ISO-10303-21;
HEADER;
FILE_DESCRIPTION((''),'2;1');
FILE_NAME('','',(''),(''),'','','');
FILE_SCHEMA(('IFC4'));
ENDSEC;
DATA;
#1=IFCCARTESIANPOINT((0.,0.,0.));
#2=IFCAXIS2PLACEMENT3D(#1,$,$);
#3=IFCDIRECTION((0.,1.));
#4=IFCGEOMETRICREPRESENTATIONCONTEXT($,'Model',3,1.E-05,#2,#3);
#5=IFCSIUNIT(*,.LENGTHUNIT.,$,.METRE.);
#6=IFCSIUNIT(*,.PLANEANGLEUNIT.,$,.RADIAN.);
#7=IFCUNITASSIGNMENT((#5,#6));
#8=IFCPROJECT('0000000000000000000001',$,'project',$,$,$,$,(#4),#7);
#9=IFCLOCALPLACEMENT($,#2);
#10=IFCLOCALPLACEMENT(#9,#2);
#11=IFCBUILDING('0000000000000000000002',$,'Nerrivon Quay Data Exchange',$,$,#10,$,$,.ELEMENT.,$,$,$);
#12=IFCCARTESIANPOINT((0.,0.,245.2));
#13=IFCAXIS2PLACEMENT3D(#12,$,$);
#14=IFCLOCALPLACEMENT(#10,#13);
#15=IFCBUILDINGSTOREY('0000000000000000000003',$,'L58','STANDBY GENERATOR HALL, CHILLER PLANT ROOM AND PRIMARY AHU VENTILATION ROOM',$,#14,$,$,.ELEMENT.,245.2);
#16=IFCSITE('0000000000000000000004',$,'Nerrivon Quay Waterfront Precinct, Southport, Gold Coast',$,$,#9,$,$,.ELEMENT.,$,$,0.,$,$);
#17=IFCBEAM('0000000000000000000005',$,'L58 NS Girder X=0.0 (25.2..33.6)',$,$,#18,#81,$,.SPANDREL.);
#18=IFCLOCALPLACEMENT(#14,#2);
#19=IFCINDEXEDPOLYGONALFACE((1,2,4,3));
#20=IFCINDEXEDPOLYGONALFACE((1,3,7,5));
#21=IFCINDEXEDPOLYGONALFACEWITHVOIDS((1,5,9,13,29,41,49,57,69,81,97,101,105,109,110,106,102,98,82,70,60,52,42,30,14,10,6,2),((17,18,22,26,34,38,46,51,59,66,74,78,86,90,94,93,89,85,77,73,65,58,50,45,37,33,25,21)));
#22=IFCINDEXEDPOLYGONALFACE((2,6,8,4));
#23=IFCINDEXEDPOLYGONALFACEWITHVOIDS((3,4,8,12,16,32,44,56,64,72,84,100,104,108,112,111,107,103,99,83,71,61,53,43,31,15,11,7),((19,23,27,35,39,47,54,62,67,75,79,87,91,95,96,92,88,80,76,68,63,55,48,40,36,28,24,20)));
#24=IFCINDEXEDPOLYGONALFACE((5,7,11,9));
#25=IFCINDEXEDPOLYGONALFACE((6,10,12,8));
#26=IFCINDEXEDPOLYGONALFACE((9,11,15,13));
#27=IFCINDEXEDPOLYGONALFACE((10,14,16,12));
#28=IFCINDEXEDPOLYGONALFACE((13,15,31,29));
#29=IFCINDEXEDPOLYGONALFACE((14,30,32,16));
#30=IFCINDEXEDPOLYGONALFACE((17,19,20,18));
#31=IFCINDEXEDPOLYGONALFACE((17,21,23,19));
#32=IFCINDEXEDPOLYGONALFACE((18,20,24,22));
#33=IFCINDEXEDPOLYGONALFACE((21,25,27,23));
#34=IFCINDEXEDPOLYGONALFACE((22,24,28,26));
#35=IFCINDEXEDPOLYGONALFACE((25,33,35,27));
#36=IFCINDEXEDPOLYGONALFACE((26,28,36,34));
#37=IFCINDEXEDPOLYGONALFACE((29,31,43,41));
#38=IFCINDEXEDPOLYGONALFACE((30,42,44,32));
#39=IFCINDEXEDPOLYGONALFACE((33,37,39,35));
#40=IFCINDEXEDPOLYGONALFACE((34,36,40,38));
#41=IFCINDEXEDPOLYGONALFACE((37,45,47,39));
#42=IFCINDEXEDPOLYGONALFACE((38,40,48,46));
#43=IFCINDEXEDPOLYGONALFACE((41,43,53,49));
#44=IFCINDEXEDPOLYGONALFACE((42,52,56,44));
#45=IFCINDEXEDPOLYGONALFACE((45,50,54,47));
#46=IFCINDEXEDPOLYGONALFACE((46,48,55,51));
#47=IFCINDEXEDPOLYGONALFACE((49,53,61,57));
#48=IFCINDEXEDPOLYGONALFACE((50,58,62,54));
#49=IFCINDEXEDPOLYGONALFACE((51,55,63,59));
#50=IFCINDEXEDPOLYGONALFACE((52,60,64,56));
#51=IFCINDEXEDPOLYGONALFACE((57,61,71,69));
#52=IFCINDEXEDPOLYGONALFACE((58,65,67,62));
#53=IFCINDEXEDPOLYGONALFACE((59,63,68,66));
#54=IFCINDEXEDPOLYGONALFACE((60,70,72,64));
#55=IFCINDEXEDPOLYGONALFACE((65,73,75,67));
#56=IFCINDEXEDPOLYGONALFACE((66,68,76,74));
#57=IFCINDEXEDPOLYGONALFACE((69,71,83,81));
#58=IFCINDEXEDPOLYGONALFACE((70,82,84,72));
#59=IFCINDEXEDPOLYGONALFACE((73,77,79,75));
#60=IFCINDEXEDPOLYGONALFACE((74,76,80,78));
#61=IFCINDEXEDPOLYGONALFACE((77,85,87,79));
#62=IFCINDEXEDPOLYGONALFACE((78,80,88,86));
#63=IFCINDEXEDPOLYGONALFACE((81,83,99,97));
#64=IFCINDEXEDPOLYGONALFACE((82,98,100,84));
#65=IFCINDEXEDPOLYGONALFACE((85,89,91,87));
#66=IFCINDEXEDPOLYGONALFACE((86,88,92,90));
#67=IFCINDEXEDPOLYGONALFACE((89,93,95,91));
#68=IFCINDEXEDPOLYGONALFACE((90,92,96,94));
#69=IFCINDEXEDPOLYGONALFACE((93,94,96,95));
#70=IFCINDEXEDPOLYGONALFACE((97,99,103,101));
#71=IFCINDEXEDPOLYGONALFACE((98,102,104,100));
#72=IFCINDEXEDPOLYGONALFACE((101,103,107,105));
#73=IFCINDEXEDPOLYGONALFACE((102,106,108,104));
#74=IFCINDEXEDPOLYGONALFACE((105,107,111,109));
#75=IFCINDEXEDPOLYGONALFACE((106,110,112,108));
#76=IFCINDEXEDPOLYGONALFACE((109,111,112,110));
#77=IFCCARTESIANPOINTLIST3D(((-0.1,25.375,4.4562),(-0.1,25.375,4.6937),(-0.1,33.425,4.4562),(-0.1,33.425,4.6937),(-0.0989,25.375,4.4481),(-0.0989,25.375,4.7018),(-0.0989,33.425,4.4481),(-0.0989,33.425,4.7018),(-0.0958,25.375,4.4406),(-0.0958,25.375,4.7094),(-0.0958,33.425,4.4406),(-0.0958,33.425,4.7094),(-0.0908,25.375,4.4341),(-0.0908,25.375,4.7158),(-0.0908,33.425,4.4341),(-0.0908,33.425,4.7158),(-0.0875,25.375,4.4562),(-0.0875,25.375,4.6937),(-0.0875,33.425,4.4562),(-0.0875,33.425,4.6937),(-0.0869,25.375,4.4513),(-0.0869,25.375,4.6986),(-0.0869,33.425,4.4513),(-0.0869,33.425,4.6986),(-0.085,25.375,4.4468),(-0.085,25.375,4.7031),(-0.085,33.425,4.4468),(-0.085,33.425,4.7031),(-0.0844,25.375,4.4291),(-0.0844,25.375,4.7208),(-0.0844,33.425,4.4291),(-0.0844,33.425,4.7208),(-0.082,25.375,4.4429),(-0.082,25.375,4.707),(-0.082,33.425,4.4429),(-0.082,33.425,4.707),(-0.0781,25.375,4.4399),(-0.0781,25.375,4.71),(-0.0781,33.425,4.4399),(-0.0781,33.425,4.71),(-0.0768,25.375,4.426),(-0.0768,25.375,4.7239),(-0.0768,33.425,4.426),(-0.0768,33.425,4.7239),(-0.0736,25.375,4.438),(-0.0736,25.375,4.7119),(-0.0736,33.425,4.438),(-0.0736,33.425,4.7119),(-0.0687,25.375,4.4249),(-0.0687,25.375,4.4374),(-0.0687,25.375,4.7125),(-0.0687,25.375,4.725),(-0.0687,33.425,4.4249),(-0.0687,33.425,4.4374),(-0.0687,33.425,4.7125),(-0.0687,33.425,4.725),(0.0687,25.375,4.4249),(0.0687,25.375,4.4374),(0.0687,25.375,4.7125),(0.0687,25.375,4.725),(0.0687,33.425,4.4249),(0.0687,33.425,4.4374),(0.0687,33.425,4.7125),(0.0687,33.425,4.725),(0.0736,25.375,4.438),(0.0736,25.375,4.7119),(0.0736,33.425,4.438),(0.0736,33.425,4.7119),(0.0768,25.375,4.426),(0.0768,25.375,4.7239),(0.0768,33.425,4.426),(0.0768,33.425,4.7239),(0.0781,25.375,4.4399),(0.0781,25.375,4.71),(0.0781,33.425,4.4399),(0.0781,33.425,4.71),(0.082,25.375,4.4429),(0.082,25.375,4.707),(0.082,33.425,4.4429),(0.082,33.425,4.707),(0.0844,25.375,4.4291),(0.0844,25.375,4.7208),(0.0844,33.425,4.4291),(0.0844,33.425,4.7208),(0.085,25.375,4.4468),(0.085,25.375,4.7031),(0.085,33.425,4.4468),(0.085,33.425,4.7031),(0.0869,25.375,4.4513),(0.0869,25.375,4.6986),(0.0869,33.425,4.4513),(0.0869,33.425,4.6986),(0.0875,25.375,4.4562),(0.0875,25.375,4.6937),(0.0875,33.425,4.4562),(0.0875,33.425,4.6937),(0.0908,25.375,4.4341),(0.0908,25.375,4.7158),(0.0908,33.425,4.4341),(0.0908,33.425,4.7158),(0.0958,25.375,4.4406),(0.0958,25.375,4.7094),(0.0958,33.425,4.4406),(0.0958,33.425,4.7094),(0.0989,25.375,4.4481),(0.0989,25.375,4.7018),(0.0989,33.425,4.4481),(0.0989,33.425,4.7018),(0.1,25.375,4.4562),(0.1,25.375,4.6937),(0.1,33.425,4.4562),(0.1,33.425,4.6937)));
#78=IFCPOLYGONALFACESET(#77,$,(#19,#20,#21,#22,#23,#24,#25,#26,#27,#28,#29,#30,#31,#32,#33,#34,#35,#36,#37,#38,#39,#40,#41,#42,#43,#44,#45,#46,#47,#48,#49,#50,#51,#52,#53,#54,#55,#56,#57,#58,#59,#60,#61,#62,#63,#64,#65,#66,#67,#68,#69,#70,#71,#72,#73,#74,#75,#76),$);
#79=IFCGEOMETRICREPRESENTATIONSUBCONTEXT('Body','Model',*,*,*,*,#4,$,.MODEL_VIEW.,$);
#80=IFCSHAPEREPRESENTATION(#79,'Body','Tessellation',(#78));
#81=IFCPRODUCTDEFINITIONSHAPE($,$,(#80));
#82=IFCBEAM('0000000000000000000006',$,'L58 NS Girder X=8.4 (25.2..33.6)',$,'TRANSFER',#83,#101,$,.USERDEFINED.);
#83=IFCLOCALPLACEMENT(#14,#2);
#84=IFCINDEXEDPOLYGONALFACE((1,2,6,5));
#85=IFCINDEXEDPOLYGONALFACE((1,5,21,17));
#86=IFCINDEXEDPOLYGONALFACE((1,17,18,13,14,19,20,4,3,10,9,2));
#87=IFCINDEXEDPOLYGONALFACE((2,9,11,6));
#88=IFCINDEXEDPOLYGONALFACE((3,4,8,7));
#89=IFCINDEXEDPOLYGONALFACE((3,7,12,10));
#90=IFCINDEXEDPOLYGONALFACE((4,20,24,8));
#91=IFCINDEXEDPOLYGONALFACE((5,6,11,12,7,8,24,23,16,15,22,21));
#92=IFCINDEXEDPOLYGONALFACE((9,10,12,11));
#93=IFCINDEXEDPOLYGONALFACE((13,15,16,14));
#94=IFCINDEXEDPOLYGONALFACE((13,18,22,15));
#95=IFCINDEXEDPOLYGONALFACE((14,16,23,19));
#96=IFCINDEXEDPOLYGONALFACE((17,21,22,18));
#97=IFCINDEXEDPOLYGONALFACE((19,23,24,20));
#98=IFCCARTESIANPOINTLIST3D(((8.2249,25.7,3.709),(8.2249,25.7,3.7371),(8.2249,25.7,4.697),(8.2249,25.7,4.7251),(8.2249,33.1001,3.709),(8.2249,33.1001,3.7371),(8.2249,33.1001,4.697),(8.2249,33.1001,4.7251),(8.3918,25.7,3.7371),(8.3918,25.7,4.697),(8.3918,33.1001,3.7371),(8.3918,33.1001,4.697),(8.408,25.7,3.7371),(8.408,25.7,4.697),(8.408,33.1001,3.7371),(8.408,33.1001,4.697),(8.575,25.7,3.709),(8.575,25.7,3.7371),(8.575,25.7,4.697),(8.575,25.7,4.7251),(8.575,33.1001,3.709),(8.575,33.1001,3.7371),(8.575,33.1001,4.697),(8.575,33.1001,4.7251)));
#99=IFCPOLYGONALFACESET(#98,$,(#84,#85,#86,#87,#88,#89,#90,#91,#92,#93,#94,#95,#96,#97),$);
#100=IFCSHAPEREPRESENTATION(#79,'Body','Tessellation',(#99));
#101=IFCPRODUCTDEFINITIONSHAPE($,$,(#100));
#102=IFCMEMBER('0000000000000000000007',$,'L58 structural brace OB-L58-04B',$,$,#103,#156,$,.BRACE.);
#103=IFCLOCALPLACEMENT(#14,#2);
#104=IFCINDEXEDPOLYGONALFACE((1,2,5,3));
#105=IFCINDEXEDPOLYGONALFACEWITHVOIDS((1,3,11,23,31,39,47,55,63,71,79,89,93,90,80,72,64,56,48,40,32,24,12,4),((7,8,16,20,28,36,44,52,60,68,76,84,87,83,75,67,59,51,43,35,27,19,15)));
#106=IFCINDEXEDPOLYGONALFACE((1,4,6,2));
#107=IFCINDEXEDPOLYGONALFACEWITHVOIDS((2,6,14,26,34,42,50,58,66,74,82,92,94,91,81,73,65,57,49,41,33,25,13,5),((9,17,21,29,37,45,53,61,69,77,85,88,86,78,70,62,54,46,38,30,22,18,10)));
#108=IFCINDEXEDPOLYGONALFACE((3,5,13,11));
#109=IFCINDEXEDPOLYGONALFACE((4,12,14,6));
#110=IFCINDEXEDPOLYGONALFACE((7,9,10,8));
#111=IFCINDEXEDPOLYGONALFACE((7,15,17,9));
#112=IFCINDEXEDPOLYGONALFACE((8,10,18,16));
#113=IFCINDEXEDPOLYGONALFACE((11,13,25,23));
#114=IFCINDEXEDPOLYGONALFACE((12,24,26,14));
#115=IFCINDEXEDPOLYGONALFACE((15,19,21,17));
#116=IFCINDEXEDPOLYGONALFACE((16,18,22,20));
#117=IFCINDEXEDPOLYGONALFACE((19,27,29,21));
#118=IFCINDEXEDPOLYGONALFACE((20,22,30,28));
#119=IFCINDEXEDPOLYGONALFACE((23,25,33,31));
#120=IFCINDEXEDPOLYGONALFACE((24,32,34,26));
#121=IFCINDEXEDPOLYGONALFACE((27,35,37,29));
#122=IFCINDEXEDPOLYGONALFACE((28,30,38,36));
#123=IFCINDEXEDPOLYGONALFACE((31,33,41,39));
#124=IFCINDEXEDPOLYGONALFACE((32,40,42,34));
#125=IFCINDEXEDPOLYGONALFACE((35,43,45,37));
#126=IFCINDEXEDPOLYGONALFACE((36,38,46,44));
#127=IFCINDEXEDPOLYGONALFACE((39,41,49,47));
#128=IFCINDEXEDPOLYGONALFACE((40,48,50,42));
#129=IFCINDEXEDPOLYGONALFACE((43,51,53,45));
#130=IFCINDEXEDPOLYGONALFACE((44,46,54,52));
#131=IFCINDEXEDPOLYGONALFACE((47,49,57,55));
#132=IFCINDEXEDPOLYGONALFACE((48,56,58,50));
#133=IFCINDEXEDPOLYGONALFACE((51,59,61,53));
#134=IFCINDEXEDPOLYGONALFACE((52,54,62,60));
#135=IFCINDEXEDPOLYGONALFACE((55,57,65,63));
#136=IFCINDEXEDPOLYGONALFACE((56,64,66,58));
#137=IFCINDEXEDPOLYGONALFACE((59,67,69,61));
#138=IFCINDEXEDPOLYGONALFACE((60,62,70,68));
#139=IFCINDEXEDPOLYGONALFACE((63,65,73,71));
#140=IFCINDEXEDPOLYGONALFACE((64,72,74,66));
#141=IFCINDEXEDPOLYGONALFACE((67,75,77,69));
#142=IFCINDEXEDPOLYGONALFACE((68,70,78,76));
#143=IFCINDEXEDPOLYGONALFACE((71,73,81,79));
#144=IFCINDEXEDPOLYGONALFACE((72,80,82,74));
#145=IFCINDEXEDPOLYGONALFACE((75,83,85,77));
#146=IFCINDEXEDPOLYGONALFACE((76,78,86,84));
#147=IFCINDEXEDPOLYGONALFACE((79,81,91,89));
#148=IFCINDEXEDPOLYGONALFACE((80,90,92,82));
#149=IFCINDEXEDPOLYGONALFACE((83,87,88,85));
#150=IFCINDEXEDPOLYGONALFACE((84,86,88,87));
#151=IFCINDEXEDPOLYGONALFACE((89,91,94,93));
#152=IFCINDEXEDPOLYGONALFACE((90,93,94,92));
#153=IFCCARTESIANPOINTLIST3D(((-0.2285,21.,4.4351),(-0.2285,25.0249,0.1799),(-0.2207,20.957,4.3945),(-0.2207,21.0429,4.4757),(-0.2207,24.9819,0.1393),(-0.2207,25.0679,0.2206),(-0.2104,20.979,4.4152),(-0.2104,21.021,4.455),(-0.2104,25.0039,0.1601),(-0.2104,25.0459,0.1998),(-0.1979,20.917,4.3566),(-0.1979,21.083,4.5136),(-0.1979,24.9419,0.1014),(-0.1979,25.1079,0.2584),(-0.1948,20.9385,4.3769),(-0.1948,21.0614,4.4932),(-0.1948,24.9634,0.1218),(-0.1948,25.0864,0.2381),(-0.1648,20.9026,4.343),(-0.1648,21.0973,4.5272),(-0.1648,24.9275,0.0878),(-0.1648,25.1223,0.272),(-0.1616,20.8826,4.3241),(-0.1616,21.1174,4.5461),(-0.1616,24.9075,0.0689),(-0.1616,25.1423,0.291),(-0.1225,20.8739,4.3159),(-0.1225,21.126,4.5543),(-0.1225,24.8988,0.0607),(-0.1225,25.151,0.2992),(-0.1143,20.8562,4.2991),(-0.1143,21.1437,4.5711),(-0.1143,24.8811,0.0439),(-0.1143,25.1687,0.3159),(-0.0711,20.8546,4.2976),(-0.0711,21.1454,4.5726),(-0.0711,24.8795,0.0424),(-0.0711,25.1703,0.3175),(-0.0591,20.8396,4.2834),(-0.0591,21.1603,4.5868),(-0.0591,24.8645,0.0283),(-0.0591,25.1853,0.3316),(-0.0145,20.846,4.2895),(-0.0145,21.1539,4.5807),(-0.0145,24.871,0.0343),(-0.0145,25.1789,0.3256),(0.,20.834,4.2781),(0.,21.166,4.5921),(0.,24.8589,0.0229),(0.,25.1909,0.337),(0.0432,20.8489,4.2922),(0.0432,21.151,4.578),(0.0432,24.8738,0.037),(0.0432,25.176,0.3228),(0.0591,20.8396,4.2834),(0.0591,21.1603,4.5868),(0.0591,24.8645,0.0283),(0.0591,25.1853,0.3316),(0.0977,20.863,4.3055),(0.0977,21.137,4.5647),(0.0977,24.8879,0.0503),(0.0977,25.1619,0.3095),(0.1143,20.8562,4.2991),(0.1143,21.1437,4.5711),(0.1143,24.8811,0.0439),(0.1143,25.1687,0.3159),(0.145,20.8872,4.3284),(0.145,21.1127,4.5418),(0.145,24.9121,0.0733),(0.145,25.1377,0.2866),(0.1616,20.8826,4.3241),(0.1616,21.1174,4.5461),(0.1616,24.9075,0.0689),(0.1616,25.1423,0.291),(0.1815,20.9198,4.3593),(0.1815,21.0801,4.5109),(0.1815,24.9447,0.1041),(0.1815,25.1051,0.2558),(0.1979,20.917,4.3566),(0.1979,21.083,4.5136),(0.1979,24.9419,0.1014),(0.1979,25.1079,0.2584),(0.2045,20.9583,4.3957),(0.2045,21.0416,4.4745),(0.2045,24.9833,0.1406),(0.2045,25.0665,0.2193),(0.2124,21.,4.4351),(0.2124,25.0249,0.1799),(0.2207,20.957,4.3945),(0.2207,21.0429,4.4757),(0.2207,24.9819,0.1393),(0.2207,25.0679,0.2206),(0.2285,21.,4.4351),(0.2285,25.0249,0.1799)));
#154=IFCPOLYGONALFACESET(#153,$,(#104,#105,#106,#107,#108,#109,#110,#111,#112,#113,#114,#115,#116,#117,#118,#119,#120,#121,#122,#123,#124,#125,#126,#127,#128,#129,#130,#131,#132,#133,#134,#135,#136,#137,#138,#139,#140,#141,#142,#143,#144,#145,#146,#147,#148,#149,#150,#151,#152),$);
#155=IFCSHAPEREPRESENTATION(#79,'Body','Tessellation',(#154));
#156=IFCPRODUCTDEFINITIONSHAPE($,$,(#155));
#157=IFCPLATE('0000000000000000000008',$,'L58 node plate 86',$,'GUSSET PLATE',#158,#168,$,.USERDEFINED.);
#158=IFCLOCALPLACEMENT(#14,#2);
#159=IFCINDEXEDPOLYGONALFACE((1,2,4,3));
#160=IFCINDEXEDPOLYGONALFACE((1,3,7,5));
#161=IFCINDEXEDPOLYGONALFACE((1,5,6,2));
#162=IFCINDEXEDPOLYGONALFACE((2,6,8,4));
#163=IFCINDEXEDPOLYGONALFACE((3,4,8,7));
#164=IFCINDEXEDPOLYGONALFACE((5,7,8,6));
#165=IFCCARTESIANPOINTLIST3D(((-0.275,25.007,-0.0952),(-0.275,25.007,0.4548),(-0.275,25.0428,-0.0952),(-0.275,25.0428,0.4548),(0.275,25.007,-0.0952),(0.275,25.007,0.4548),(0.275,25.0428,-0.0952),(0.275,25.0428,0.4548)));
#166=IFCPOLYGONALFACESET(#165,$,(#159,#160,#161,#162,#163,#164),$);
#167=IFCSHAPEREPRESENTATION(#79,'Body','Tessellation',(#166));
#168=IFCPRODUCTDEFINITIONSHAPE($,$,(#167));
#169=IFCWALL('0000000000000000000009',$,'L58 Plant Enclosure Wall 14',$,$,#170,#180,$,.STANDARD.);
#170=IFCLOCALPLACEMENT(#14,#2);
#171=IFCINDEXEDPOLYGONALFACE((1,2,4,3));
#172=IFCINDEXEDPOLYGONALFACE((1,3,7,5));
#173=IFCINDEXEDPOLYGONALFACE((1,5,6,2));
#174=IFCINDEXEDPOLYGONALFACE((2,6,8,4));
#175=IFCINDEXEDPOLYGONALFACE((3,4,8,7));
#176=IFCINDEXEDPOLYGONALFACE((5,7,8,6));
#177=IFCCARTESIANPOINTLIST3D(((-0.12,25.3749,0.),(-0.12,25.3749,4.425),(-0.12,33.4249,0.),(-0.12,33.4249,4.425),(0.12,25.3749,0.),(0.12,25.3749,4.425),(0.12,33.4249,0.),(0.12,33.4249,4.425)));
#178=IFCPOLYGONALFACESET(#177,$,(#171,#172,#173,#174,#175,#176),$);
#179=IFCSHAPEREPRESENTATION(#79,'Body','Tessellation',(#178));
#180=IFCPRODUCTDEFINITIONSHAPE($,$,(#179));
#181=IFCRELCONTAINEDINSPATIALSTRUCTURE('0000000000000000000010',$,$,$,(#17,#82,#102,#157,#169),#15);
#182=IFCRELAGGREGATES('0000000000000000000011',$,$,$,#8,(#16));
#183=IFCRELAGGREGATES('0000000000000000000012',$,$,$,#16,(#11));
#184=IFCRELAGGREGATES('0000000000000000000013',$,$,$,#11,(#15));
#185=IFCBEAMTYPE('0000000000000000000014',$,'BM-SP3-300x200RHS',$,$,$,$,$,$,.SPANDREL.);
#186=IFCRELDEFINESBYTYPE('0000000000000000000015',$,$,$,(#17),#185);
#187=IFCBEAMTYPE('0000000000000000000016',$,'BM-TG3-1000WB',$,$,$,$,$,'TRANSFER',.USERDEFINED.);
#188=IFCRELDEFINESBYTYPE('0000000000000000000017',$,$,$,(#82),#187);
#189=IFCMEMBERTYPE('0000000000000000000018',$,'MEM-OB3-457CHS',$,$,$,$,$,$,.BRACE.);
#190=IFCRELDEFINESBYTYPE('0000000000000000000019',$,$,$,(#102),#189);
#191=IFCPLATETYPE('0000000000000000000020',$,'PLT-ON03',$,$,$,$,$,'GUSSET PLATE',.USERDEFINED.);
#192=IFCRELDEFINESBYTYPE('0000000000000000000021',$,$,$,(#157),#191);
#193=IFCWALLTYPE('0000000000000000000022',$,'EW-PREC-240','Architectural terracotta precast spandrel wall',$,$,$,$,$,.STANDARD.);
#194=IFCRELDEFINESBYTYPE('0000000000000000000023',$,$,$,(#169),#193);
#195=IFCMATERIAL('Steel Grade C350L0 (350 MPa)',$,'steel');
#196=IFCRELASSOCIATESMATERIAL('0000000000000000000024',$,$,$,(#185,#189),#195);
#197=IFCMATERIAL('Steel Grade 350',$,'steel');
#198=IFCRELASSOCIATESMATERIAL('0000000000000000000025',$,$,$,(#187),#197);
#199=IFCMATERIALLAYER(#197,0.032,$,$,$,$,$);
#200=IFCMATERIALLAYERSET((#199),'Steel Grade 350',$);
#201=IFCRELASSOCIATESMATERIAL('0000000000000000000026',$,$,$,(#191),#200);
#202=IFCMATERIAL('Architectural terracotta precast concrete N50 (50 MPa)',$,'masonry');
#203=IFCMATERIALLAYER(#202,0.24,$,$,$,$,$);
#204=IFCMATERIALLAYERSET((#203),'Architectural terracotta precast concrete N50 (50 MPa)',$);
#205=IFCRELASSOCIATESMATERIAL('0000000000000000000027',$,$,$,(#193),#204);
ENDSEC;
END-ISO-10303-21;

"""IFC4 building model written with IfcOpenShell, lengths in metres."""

from ifc_helpers import new_model, si_unit, direction, frame, frame_2d, origin, origin_2d, place, context, subcontext, project, spatial, rectangle, hollow_rectangle, hollow_circle, i_section, extrude, material, layer, layer_set, material_profile, profile_set, type_object, element, save


model = new_model("IFC4")

# Units and contexts
model_context = context("Model", 3, precision=1e-05, world=origin(), true_north=direction((0.0, 1.0)))
body_context = subcontext(model_context, "Body", "Model", "MODEL_VIEW")
ifc_project = project(units=[si_unit("LENGTHUNIT", "METRE"), si_unit("PLANEANGLEUNIT", "RADIAN")], contexts=[model_context])

# Site, building, storey
site_placement = place(None, origin())
site = spatial("IfcSite", under=ifc_project, at=site_placement, Name="Nerrivon Quay Waterfront Precinct, Southport, Gold Coast", CompositionType="ELEMENT", RefElevation=0.0)
building_placement = place(site_placement, origin())
building = spatial("IfcBuilding", under=site, at=building_placement, Name="Nerrivon Quay Data Exchange", CompositionType="ELEMENT")
storey_placement = place(building_placement, frame((0.0, 0.0, 245.2)))
storey = spatial("IfcBuildingStorey", under=building, at=storey_placement, Name="L58", Description="STANDBY GENERATOR HALL, CHILLER PLANT ROOM AND PRIMARY AHU VENTILATION ROOM", CompositionType="ELEMENT", Elevation=245.2)

# Shared definitions
ifc_material_1 = material(Name="Steel Grade 350", Category="steel")

# Beams
ifc_material_2 = material(Name="Steel Grade C350L0 (350 MPa)", Category="steel")
ifc_material_profile_1 = material_profile(ifc_material_2, hollow_rectangle(XDim=0.2, YDim=0.3, WallThickness=0.0125, InnerFilletRadius=0.0188, OuterFilletRadius=0.0312, at=origin_2d()), Name="300x200x12.5RHS")
ifc_profile_set_1 = profile_set([ifc_material_profile_1], Name="Steel Grade C350L0 (350 MPa)")
beam_type_1 = type_object("IfcBeamType", Name="BM-SP3-300x200RHS", PredefinedType="SPANDREL", material=ifc_profile_set_1)
beam_1_placement = place(storey_placement, frame((0.0, 25.375, 4.575), z_axis=(0.0, 1.0, 0.0), x_axis=(-1.0, 0.0, 0.0)))
element("IfcBeam", 1, at=beam_1_placement, inside=storey, type_object=beam_type_1, Name="L58 NS Girder X=0.0 (25.2..33.6)", PredefinedType="SPANDREL", context=body_context, shape_type="SweptSolid", body=[
    extrude(hollow_rectangle(XDim=0.2, YDim=0.3, WallThickness=0.0125, InnerFilletRadius=0.0188, OuterFilletRadius=0.0312, at=origin_2d()), origin(), (0.0, 0.0, 1.0), 8.05),
])
ifc_material_profile_2 = material_profile(ifc_material_1, i_section(OverallWidth=0.3501, OverallDepth=1.0161, WebThickness=0.0161, FlangeThickness=0.0281, at=origin_2d()), Name="1000WB258")
ifc_profile_set_2 = profile_set([ifc_material_profile_2], Name="Steel Grade 350")
beam_type_2 = type_object("IfcBeamType", Name="BM-TG3-1000WB", ElementType="TRANSFER", PredefinedType="USERDEFINED", material=ifc_profile_set_2)
beam_2_placement = place(storey_placement, frame((8.3999, 25.7, 4.217), z_axis=(0.0, 1.0, 0.0), x_axis=(-1.0, 0.0, 0.0)))
element("IfcBeam", 2, at=beam_2_placement, inside=storey, type_object=beam_type_2, Name="L58 NS Girder X=8.4 (25.2..33.6)", ObjectType="TRANSFER", PredefinedType="USERDEFINED", context=body_context, shape_type="SweptSolid", body=[
    extrude(i_section(OverallWidth=0.3501, OverallDepth=1.0161, WebThickness=0.0161, FlangeThickness=0.0281, at=origin_2d()), origin(), (0.0, 0.0, 1.0), 7.4001),
])

# Member
ifc_material_profile_3 = material_profile(ifc_material_2, hollow_circle(Radius=0.2285, WallThickness=0.0161, at=origin_2d()), Name="457.0x16.0CHS")
ifc_profile_set_3 = profile_set([ifc_material_profile_3], Name="Steel Grade C350L0 (350 MPa)")
member_type = type_object("IfcMemberType", Name="MEM-OB3-457CHS", PredefinedType="BRACE", material=ifc_profile_set_3)
member_placement = place(storey_placement, frame((0.0, 25.0249, 0.1799), z_axis=(0.0, -0.68718, 0.726487), x_axis=(1.0, 0.0, 0.0)))
element("IfcMember", 3, at=member_placement, inside=storey, type_object=member_type, Name="L58 structural brace OB-L58-04B", PredefinedType="BRACE", context=body_context, shape_type="SweptSolid", body=[
    extrude(hollow_circle(Radius=0.2285, WallThickness=0.0161, at=origin_2d()), origin(), (0.0, 0.0, 1.0), 5.8572),
])

# Plate
ifc_layer_1 = layer(ifc_material_1, 0.032)
ifc_layer_set_1 = layer_set([ifc_layer_1], Name="Steel Grade 350")
plate_type = type_object("IfcPlateType", Name="PLT-ON03", ElementType="GUSSET PLATE", PredefinedType="USERDEFINED", material=ifc_layer_set_1)
plate_placement = place(storey_placement, frame((0.0, 25.0249, -0.0952), z_axis=(0.0, 0.0, 1.0), x_axis=(1.0, 0.0, 0.0)))
element("IfcPlate", 4, at=plate_placement, inside=storey, type_object=plate_type, Name="L58 node plate 86", ObjectType="GUSSET PLATE", PredefinedType="USERDEFINED", context=body_context, shape_type="SweptSolid", body=[
    extrude(rectangle(XDim=0.55, YDim=0.0359, at=origin_2d()), origin(), (0.0, 0.0, 1.0), 0.55),
])

# Wall
ifc_material_3 = material(Name="Architectural terracotta precast concrete N50 (50 MPa)", Category="masonry")
ifc_layer_2 = layer(ifc_material_3, 0.24)
ifc_layer_set_2 = layer_set([ifc_layer_2], Name="Architectural terracotta precast concrete N50 (50 MPa)")
wall_type_1 = type_object("IfcWallType", Name="EW-PREC-240", Description="Architectural terracotta precast spandrel wall", PredefinedType="STANDARD", material=ifc_layer_set_2)
wall_1_placement = place(storey_placement, frame((0.0, 25.375, 0.0), z_axis=(0.0, 0.0, 1.0), x_axis=(0.0, 1.0, 0.0)))
element("IfcWall", 5, at=wall_1_placement, inside=storey, type_object=wall_type_1, Name="L58 Plant Enclosure Wall 14", PredefinedType="STANDARD", context=body_context, shape_type="SweptSolid", body=[
    extrude(rectangle(XDim=8.05, YDim=0.24, at=frame_2d((4.0249, 0.0))), origin(), (0.0, 0.0, 1.0), 4.425),
])

save(model, "model.ifc")
